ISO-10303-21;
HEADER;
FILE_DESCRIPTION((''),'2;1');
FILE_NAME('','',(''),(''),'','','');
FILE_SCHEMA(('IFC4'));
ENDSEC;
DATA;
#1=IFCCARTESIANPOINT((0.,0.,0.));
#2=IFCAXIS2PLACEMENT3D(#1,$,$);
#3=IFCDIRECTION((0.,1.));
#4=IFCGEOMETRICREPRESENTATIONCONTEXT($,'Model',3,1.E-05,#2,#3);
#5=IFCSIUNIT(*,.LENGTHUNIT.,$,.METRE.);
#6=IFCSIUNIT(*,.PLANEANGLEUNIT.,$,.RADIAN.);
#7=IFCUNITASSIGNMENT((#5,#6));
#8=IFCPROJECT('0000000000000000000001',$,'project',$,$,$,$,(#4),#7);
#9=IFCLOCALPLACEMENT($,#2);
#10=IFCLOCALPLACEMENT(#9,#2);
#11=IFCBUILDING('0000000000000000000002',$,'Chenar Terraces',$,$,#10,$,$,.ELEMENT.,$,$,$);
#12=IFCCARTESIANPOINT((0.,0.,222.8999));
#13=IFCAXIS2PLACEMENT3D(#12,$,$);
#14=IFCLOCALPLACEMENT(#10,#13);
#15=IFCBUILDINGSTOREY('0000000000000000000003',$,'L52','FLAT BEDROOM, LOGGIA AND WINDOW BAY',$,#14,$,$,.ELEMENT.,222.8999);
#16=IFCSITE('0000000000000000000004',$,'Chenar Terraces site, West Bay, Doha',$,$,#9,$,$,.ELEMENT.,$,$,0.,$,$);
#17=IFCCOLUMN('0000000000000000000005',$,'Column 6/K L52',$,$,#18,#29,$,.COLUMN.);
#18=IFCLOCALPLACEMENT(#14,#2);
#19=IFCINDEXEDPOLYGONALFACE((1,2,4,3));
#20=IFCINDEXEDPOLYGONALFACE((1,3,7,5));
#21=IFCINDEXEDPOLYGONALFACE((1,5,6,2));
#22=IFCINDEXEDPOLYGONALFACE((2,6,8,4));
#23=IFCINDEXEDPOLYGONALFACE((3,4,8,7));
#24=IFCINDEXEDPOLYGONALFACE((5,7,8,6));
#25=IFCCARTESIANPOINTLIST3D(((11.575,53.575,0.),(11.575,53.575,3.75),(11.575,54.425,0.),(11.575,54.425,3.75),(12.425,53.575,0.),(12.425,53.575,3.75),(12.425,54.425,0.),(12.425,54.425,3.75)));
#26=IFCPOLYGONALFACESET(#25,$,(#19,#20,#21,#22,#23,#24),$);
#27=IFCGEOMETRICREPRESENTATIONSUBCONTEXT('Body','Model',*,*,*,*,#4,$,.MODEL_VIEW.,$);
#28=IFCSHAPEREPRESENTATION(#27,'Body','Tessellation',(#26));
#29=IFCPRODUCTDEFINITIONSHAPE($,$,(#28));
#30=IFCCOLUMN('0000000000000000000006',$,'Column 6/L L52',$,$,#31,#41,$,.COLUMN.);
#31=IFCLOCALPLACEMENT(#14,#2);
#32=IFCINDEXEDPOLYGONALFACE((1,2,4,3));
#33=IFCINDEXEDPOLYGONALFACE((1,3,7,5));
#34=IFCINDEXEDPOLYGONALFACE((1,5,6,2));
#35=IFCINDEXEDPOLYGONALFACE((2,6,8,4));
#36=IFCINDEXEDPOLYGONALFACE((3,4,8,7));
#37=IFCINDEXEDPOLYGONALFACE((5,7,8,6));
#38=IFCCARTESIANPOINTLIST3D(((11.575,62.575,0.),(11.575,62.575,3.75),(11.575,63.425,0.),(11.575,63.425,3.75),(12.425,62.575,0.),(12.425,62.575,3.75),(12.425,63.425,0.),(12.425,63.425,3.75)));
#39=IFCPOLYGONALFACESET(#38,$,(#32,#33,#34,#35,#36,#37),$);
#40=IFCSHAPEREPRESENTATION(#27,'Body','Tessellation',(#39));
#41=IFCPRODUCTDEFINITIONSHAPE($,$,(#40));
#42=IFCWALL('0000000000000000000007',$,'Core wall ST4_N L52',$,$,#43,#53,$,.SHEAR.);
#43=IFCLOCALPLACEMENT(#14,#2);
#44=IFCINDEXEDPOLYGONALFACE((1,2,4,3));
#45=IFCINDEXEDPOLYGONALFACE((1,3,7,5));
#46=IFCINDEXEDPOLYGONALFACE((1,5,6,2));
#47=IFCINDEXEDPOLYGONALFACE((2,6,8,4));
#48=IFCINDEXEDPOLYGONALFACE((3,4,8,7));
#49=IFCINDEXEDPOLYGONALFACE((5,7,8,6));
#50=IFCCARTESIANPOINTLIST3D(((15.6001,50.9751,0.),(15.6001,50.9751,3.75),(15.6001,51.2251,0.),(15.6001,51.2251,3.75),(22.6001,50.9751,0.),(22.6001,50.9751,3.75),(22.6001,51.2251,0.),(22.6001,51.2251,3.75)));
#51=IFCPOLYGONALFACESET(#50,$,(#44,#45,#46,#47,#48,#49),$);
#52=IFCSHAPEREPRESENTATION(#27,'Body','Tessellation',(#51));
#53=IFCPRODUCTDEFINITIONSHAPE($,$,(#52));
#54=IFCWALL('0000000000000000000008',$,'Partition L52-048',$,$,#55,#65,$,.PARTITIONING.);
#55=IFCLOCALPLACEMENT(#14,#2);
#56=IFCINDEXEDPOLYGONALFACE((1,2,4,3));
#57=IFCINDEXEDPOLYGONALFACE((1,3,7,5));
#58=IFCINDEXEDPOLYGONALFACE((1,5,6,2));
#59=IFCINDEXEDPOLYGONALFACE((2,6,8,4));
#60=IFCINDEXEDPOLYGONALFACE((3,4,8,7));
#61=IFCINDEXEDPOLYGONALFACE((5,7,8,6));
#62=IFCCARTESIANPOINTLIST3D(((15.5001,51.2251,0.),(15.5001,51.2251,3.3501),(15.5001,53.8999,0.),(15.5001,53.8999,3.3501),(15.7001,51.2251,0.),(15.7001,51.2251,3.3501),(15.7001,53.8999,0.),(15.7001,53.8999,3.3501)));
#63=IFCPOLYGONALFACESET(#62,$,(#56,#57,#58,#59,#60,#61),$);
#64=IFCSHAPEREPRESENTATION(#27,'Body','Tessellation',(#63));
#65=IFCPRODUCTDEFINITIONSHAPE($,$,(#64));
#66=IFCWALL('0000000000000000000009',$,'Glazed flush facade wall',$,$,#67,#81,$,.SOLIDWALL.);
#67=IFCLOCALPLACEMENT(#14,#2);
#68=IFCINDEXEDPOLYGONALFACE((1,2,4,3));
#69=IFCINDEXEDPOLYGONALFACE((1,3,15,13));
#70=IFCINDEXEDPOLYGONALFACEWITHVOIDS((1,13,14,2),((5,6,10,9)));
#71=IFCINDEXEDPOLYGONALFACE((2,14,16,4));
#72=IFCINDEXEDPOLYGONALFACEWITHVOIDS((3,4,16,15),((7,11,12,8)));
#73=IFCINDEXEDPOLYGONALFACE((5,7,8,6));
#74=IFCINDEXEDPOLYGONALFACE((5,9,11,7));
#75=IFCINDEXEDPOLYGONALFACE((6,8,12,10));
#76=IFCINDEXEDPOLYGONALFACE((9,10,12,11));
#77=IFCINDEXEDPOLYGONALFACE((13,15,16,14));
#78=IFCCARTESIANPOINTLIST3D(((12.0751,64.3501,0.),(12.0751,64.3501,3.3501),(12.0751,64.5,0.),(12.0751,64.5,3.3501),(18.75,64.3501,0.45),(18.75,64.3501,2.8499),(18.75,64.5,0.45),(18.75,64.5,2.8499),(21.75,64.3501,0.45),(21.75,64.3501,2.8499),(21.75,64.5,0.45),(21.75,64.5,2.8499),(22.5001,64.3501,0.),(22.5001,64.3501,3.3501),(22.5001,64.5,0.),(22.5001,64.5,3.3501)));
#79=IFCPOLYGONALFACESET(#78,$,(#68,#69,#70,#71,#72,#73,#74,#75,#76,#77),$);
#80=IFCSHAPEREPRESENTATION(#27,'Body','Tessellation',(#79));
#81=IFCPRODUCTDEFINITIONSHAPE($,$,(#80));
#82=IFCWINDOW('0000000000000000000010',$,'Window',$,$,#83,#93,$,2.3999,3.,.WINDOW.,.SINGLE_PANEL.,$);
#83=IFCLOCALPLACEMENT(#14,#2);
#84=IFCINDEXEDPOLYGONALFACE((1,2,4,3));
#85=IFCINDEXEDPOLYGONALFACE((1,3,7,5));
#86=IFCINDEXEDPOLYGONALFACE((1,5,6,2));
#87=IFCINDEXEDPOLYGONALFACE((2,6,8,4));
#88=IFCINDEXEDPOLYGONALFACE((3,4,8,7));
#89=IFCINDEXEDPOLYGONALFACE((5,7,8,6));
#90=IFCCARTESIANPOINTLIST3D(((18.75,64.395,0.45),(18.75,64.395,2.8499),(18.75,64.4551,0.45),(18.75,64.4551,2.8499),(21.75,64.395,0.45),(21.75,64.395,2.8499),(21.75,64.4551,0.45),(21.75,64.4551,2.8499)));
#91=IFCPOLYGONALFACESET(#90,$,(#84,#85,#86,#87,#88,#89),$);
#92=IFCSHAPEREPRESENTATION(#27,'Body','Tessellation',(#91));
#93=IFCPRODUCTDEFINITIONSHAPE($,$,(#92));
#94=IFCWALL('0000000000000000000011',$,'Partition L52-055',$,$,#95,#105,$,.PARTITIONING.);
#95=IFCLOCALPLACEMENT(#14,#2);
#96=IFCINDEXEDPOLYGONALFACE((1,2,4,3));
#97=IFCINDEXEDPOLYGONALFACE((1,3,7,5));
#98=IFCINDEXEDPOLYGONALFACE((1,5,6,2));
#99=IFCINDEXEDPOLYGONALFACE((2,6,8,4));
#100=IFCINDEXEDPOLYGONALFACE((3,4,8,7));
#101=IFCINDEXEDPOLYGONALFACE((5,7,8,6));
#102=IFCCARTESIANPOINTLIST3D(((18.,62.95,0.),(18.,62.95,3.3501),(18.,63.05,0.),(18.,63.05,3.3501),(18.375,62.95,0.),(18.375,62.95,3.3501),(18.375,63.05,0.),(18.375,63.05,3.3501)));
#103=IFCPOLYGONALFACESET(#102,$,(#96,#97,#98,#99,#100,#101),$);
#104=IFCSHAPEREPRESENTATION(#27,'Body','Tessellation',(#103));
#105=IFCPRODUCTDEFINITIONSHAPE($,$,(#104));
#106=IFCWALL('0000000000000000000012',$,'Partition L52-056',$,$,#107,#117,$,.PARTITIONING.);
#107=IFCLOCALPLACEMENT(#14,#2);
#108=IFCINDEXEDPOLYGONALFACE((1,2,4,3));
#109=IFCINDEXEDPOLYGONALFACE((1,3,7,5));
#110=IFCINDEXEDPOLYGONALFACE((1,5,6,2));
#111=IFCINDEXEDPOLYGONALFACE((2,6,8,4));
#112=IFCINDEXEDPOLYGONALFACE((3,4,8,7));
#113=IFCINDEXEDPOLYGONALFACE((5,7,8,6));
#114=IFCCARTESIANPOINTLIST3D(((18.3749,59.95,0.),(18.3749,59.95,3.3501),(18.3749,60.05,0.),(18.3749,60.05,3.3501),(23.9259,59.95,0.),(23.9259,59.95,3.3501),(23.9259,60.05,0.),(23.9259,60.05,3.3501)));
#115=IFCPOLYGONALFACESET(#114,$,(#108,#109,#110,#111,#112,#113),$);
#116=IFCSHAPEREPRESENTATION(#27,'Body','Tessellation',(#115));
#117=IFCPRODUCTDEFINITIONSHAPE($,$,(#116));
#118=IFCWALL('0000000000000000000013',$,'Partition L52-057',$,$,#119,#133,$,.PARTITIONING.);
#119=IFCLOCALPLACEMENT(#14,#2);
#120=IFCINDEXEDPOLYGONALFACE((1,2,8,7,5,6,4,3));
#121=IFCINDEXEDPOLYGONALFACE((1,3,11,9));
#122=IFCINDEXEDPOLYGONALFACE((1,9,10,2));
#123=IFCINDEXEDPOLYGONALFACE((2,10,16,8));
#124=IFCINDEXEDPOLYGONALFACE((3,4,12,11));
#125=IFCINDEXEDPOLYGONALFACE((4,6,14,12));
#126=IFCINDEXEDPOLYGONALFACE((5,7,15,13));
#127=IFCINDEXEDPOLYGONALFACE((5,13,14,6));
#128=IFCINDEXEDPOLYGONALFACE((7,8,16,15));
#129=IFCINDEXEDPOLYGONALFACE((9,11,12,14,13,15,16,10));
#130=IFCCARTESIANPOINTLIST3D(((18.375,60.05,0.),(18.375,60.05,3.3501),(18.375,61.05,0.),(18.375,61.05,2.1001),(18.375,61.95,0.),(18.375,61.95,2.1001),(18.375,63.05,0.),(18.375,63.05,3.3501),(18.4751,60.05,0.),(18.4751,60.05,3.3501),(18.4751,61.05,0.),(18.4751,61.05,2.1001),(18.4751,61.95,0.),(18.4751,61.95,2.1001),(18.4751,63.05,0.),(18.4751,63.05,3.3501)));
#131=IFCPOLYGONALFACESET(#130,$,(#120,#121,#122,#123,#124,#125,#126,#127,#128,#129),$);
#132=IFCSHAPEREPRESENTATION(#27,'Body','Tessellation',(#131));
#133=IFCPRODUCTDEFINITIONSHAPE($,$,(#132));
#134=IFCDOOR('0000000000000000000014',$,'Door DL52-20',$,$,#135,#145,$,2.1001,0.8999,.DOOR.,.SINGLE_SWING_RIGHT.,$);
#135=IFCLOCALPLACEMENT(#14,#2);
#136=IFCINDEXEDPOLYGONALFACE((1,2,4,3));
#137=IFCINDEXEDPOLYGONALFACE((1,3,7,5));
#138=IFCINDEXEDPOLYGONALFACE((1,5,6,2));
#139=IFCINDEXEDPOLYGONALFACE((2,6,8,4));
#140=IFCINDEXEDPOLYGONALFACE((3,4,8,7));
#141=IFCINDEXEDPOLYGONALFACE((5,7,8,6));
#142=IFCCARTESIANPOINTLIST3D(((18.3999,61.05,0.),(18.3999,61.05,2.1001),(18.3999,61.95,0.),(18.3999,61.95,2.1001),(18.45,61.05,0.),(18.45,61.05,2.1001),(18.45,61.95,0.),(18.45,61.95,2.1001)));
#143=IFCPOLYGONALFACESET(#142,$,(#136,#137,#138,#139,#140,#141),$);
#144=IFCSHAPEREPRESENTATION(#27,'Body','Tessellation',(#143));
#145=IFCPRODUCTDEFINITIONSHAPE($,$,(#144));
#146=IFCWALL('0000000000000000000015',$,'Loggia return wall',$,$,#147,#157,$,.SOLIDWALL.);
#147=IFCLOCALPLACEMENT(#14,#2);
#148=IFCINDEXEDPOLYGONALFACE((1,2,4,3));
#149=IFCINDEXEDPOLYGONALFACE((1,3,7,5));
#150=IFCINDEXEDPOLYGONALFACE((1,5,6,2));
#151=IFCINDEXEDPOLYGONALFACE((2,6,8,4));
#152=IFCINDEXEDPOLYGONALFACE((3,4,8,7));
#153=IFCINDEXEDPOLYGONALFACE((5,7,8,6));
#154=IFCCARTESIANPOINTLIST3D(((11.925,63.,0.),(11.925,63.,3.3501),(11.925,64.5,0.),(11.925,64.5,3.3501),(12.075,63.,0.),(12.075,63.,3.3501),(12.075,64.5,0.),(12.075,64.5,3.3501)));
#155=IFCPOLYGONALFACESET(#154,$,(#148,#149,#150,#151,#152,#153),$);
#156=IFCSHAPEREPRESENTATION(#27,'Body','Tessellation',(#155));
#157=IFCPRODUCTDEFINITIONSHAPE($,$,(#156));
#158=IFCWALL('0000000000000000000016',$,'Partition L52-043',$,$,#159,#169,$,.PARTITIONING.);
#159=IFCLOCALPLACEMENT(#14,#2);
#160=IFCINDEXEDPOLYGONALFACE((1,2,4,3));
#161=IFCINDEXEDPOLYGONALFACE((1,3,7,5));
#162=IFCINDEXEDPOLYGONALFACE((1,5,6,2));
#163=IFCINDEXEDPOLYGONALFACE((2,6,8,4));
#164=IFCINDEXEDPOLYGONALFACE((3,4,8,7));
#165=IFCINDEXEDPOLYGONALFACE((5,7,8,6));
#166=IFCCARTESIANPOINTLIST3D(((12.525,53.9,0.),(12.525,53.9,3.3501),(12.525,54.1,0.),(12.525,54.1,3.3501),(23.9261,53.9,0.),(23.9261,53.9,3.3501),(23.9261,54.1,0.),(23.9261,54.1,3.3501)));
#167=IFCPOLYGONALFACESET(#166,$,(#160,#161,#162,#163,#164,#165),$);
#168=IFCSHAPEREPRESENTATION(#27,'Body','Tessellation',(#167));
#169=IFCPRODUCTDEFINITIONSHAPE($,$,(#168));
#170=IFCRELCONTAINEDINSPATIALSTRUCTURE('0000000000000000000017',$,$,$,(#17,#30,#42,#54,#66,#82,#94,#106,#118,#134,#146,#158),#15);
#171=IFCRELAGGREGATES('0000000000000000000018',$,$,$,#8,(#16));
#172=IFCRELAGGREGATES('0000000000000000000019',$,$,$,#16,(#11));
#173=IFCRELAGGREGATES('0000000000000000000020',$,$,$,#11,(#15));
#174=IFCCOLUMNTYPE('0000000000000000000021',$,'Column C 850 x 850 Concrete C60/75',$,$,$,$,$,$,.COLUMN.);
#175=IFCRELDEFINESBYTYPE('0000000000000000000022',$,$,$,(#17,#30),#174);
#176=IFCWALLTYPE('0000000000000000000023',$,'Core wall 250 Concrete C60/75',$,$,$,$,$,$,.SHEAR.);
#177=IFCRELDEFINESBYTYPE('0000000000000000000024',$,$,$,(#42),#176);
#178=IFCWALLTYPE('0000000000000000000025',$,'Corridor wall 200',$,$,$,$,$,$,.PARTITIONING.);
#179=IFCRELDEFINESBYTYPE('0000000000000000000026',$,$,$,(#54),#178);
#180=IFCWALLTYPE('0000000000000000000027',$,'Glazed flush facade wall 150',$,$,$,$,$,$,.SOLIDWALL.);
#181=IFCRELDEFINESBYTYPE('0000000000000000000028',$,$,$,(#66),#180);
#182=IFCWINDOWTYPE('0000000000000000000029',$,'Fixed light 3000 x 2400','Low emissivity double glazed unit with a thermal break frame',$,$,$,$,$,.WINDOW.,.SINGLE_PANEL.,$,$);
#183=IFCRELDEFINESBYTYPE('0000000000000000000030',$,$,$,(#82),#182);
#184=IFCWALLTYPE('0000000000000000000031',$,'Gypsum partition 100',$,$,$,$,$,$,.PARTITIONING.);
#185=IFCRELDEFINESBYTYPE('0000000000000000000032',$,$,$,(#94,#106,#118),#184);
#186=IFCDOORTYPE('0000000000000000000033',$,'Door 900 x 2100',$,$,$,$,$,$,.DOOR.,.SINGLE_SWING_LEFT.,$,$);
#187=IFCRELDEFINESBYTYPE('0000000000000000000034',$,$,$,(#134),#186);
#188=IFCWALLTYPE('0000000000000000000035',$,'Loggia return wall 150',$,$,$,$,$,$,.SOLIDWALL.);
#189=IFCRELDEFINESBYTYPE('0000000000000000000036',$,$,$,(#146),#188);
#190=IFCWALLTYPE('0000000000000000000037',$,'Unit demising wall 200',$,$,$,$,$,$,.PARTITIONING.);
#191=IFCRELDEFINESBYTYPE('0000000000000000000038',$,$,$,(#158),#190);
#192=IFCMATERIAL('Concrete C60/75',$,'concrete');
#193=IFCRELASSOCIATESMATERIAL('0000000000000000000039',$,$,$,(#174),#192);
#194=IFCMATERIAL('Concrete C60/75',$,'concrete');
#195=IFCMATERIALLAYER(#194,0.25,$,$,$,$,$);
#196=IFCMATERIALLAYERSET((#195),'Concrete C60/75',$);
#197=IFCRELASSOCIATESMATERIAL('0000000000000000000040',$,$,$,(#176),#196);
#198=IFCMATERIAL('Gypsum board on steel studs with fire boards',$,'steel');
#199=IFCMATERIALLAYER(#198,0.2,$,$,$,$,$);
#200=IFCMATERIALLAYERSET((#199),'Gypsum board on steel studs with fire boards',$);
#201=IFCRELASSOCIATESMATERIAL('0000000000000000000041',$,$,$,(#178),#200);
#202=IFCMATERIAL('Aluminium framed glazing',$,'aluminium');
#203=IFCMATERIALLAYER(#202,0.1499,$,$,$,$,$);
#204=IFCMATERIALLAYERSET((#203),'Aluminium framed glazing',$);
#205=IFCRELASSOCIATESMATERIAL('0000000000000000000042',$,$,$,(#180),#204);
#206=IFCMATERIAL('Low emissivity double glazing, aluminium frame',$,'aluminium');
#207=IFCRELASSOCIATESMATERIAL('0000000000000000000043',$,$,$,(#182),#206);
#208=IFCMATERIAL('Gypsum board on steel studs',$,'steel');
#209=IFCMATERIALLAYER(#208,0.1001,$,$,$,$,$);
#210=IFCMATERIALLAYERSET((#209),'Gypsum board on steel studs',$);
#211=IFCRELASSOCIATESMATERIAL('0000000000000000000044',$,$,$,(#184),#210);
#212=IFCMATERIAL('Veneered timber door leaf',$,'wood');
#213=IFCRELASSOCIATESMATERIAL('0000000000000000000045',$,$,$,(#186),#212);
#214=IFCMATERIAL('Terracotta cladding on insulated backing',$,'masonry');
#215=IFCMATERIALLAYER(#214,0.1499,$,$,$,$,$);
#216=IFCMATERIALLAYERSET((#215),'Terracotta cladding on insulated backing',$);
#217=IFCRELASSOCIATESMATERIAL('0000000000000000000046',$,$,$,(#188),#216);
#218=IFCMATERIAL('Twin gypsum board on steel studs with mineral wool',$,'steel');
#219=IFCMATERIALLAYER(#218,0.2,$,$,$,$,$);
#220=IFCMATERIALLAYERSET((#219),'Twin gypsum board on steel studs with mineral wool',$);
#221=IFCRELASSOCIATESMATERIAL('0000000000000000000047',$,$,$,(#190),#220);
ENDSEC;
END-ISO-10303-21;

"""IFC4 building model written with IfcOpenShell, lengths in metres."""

from ifc_helpers import new_model, si_unit, direction, frame, frame_2d, origin, origin_2d, place, context, subcontext, project, spatial, rectangle, extrude, material, layer, layer_set, material_profile, profile_set, type_object, element, fill, save


model = new_model("IFC4")

# Units and contexts
model_context = context("Model", 3, precision=1e-05, world=origin(), true_north=direction((0.0, 1.0)))
body_context = subcontext(model_context, "Body", "Model", "MODEL_VIEW")
ifc_project = project(units=[si_unit("LENGTHUNIT", "METRE"), si_unit("PLANEANGLEUNIT", "RADIAN")], contexts=[model_context])

# Site, building, storey
site_placement = place(None, origin())
site = spatial("IfcSite", under=ifc_project, at=site_placement, Name="Chenar Terraces site, West Bay, Doha", CompositionType="ELEMENT", RefElevation=0.0)
building_placement = place(site_placement, origin())
building = spatial("IfcBuilding", under=site, at=building_placement, Name="Chenar Terraces", CompositionType="ELEMENT")
storey_placement = place(building_placement, frame((0.0, 0.0, 222.8999)))
storey = spatial("IfcBuildingStorey", under=building, at=storey_placement, Name="L52", Description="FLAT BEDROOM, LOGGIA AND WINDOW BAY", CompositionType="ELEMENT", Elevation=222.8999)

# Columns
ifc_material_1 = material(Name="Concrete C60/75", Category="concrete")
ifc_material_profile = material_profile(ifc_material_1, rectangle(XDim=0.8501, YDim=0.8501, at=origin_2d()), Name="C 850 x 850")
ifc_profile_set = profile_set([ifc_material_profile], Name="Concrete C60/75")
column_type = type_object("IfcColumnType", Name="Column C 850 x 850 Concrete C60/75", PredefinedType="COLUMN", material=ifc_profile_set)
for number, where, z_axis, x_axis, name in (
    (1, (12.0, 54.0, 0.0), (0.0, 0.0, 1.0), (1.0, 0.0, 0.0), "Column 6/K L52"),
    (2, (12.0, 63.0, 0.0), (0.0, 0.0, 1.0), (1.0, 0.0, 0.0), "Column 6/L L52"),
):
    element("IfcColumn", number, at=place(storey_placement, frame(where, z_axis=z_axis, x_axis=x_axis)), inside=storey, type_object=column_type, Name=name, PredefinedType="COLUMN", context=body_context, shape_type="SweptSolid", body=[
        extrude(rectangle(XDim=0.8501, YDim=0.8501, at=origin_2d()), origin(), (0.0, 0.0, 1.0), 3.75),
    ])

# Walls
ifc_material_2 = material(Name="Concrete C60/75", Category="concrete")
ifc_layer_1 = layer(ifc_material_2, 0.25)
ifc_layer_set_1 = layer_set([ifc_layer_1], Name="Concrete C60/75")
wall_type_1 = type_object("IfcWallType", Name="Core wall 250 Concrete C60/75", PredefinedType="SHEAR", material=ifc_layer_set_1)
wall_1_placement = place(storey_placement, frame((15.6001, 51.1001, 0.0), z_axis=(0.0, 0.0, 1.0), x_axis=(1.0, 0.0, 0.0)))
element("IfcWall", 3, at=wall_1_placement, inside=storey, type_object=wall_type_1, Name="Core wall ST4_N L52", PredefinedType="SHEAR", context=body_context, shape_type="SweptSolid", body=[
    extrude(rectangle(XDim=7.0, YDim=0.25, at=frame_2d((3.5, 0.0))), origin(), (0.0, 0.0, 1.0), 3.75),
])
ifc_material_3 = material(Name="Gypsum board on steel studs with fire boards", Category="steel")
ifc_layer_2 = layer(ifc_material_3, 0.2)
ifc_layer_set_2 = layer_set([ifc_layer_2], Name="Gypsum board on steel studs with fire boards")
wall_type_2 = type_object("IfcWallType", Name="Corridor wall 200", PredefinedType="PARTITIONING", material=ifc_layer_set_2)
wall_2_placement = place(storey_placement, frame((15.6001, 51.2251, 0.0), z_axis=(0.0, 0.0, 1.0), x_axis=(0.0, 1.0, 0.0)))
element("IfcWall", 4, at=wall_2_placement, inside=storey, type_object=wall_type_2, Name="Partition L52-048", PredefinedType="PARTITIONING", context=body_context, shape_type="SweptSolid", body=[
    extrude(rectangle(XDim=2.6748, YDim=0.2, at=frame_2d((1.3374, 0.0))), origin(), (0.0, 0.0, 1.0), 3.3501),
])

# Wall, opening, window
ifc_material_4 = material(Name="Aluminium framed glazing", Category="aluminium")
ifc_layer_3 = layer(ifc_material_4, 0.1499)
ifc_layer_set_3 = layer_set([ifc_layer_3], Name="Aluminium framed glazing")
wall_type_3 = type_object("IfcWallType", Name="Glazed flush facade wall 150", PredefinedType="SOLIDWALL", material=ifc_layer_set_3)
wall_3_placement = place(storey_placement, frame((22.5, 64.425, 0.0), z_axis=(0.0, 0.0, 1.0), x_axis=(-1.0, 0.0, 0.0)))
wall_3 = element("IfcWall", 5, at=wall_3_placement, inside=storey, type_object=wall_type_3, Name="Glazed flush facade wall", PredefinedType="SOLIDWALL", context=body_context, shape_type="SweptSolid", body=[
    extrude(rectangle(XDim=10.425, YDim=0.1499, at=frame_2d((5.2124, 0.0))), origin(), (0.0, 0.0, 1.0), 3.3501),
])
opening_1_placement = place(wall_3_placement, frame((0.75, 0.0, 0.45)))
opening_1 = element("IfcOpeningElement", 6, at=opening_1_placement, cuts=wall_3, PredefinedType="OPENING", context=body_context, shape_type="SweptSolid", body=[
    extrude(rectangle(XDim=3.0, YDim=2.3999, at=frame_2d((1.5, 1.2))), frame((0.0, 0.085, 0.0), z_axis=(0.0, -1.0, 0.0), x_axis=(1.0, 0.0, 0.0)), (0.0, 0.0, 1.0), 0.1699),
])
ifc_material_5 = material(Name="Low emissivity double glazing, aluminium frame", Category="aluminium")
window_type = type_object("IfcWindowType", Name="Fixed light 3000 x 2400", Description="Low emissivity double glazed unit with a thermal break frame", PartitioningType="SINGLE_PANEL", PredefinedType="WINDOW", material=ifc_material_5)
window_placement = place(opening_1_placement, origin())
window = element("IfcWindow", 7, at=window_placement, inside=storey, type_object=window_type, Name="Window", OverallHeight=2.3999, OverallWidth=3.0, PartitioningType="SINGLE_PANEL", PredefinedType="WINDOW", context=body_context, shape_type="SweptSolid", body=[
    extrude(rectangle(XDim=3.0, YDim=2.3999, at=frame_2d((1.5, 1.2))), frame((0.0, 0.03, 0.0), z_axis=(0.0, -1.0, 0.0), x_axis=(1.0, 0.0, 0.0)), (0.0, 0.0, 1.0), 0.0601),
])
fill(opening_1, window)

# Walls
ifc_material_6 = material(Name="Gypsum board on steel studs", Category="steel")
ifc_layer_4 = layer(ifc_material_6, 0.1001)
ifc_layer_set_4 = layer_set([ifc_layer_4], Name="Gypsum board on steel studs")
wall_type_4 = type_object("IfcWallType", Name="Gypsum partition 100", PredefinedType="PARTITIONING", material=ifc_layer_set_4)
wall_4_placement = place(storey_placement, frame((18.0, 63.0, 0.0), z_axis=(0.0, 0.0, 1.0), x_axis=(1.0, 0.0, 0.0)))
element("IfcWall", 8, at=wall_4_placement, inside=storey, type_object=wall_type_4, Name="Partition L52-055", PredefinedType="PARTITIONING", context=body_context, shape_type="SweptSolid", body=[
    extrude(rectangle(XDim=0.375, YDim=0.1001, at=frame_2d((0.1875, 0.0))), origin(), (0.0, 0.0, 1.0), 3.3501),
])
wall_5_placement = place(storey_placement, frame((18.375, 60.0, 0.0), z_axis=(0.0, 0.0, 1.0), x_axis=(1.0, 0.0, 0.0)))
element("IfcWall", 9, at=wall_5_placement, inside=storey, type_object=wall_type_4, Name="Partition L52-056", PredefinedType="PARTITIONING", context=body_context, shape_type="SweptSolid", body=[
    extrude(rectangle(XDim=5.551, YDim=0.1001, at=frame_2d((2.7754, 0.0))), origin(), (0.0, 0.0, 1.0), 3.3501),
])

# Wall, opening, door
wall_6_placement = place(storey_placement, frame((18.425, 60.05, 0.0), z_axis=(0.0, 0.0, 1.0), x_axis=(0.0, 1.0, 0.0)))
wall_6 = element("IfcWall", 10, at=wall_6_placement, inside=storey, type_object=wall_type_4, Name="Partition L52-057", PredefinedType="PARTITIONING", context=body_context, shape_type="SweptSolid", body=[
    extrude(rectangle(XDim=3.0, YDim=0.1001, at=frame_2d((1.5, 0.0))), origin(), (0.0, 0.0, 1.0), 3.3501),
])
opening_2_placement = place(wall_6_placement, frame((1.0, 0.0, 0.0)))
opening_2 = element("IfcOpeningElement", 11, at=opening_2_placement, cuts=wall_6, PredefinedType="OPENING", context=body_context, shape_type="SweptSolid", body=[
    extrude(rectangle(XDim=0.8999, YDim=2.1001, at=frame_2d((0.45, 1.05))), frame((0.0, 0.0601, 0.0), z_axis=(0.0, -1.0, 0.0), x_axis=(1.0, 0.0, 0.0)), (0.0, 0.0, 1.0), 0.1201),
])
ifc_material_7 = material(Name="Veneered timber door leaf", Category="wood")
door_type_1 = type_object("IfcDoorType", Name="Door 900 x 2100", OperationType="SINGLE_SWING_LEFT", PredefinedType="DOOR", material=ifc_material_7)
door_1_placement = place(opening_2_placement, frame((0.8999, 0.0, 0.0), z_axis=(0.0, 0.0, 1.0), x_axis=(-1.0, 0.0, 0.0)))
door_1 = element("IfcDoor", 12, at=door_1_placement, inside=storey, type_object=door_type_1, Name="Door DL52-20", OperationType="SINGLE_SWING_RIGHT", OverallHeight=2.1001, OverallWidth=0.8999, PredefinedType="DOOR", context=body_context, shape_type="SweptSolid", body=[
    extrude(rectangle(XDim=0.8999, YDim=2.1001, at=frame_2d((0.45, 1.05))), frame((0.0, 0.0249, 0.0), z_axis=(0.0, -1.0, 0.0), x_axis=(1.0, 0.0, 0.0)), (0.0, 0.0, 1.0), 0.05),
])
fill(opening_2, door_1)

# Walls
ifc_material_8 = material(Name="Terracotta cladding on insulated backing", Category="masonry")
ifc_layer_5 = layer(ifc_material_8, 0.1499)
ifc_layer_set_5 = layer_set([ifc_layer_5], Name="Terracotta cladding on insulated backing")
wall_type_5 = type_object("IfcWallType", Name="Loggia return wall 150", PredefinedType="SOLIDWALL", material=ifc_layer_set_5)
wall_7_placement = place(storey_placement, frame((12.0, 64.5, 0.0), z_axis=(0.0, 0.0, 1.0), x_axis=(0.0, -1.0, 0.0)))
element("IfcWall", 13, at=wall_7_placement, inside=storey, type_object=wall_type_5, Name="Loggia return wall", PredefinedType="SOLIDWALL", context=body_context, shape_type="SweptSolid", body=[
    extrude(rectangle(XDim=1.5, YDim=0.1499, at=frame_2d((0.75, 0.0))), origin(), (0.0, 0.0, 1.0), 3.3501),
])
ifc_material_9 = material(Name="Twin gypsum board on steel studs with mineral wool", Category="steel")
ifc_layer_6 = layer(ifc_material_9, 0.2)
ifc_layer_set_6 = layer_set([ifc_layer_6], Name="Twin gypsum board on steel studs with mineral wool")
wall_type_6 = type_object("IfcWallType", Name="Unit demising wall 200", PredefinedType="PARTITIONING", material=ifc_layer_set_6)
wall_8_placement = place(storey_placement, frame((12.5249, 54.0, 0.0), z_axis=(0.0, 0.0, 1.0), x_axis=(1.0, 0.0, 0.0)))
element("IfcWall", 14, at=wall_8_placement, inside=storey, type_object=wall_type_6, Name="Partition L52-043", PredefinedType="PARTITIONING", context=body_context, shape_type="SweptSolid", body=[
    extrude(rectangle(XDim=11.4011, YDim=0.2, at=frame_2d((5.7007, 0.0))), origin(), (0.0, 0.0, 1.0), 3.3501),
])

save(model, "model.ifc")
